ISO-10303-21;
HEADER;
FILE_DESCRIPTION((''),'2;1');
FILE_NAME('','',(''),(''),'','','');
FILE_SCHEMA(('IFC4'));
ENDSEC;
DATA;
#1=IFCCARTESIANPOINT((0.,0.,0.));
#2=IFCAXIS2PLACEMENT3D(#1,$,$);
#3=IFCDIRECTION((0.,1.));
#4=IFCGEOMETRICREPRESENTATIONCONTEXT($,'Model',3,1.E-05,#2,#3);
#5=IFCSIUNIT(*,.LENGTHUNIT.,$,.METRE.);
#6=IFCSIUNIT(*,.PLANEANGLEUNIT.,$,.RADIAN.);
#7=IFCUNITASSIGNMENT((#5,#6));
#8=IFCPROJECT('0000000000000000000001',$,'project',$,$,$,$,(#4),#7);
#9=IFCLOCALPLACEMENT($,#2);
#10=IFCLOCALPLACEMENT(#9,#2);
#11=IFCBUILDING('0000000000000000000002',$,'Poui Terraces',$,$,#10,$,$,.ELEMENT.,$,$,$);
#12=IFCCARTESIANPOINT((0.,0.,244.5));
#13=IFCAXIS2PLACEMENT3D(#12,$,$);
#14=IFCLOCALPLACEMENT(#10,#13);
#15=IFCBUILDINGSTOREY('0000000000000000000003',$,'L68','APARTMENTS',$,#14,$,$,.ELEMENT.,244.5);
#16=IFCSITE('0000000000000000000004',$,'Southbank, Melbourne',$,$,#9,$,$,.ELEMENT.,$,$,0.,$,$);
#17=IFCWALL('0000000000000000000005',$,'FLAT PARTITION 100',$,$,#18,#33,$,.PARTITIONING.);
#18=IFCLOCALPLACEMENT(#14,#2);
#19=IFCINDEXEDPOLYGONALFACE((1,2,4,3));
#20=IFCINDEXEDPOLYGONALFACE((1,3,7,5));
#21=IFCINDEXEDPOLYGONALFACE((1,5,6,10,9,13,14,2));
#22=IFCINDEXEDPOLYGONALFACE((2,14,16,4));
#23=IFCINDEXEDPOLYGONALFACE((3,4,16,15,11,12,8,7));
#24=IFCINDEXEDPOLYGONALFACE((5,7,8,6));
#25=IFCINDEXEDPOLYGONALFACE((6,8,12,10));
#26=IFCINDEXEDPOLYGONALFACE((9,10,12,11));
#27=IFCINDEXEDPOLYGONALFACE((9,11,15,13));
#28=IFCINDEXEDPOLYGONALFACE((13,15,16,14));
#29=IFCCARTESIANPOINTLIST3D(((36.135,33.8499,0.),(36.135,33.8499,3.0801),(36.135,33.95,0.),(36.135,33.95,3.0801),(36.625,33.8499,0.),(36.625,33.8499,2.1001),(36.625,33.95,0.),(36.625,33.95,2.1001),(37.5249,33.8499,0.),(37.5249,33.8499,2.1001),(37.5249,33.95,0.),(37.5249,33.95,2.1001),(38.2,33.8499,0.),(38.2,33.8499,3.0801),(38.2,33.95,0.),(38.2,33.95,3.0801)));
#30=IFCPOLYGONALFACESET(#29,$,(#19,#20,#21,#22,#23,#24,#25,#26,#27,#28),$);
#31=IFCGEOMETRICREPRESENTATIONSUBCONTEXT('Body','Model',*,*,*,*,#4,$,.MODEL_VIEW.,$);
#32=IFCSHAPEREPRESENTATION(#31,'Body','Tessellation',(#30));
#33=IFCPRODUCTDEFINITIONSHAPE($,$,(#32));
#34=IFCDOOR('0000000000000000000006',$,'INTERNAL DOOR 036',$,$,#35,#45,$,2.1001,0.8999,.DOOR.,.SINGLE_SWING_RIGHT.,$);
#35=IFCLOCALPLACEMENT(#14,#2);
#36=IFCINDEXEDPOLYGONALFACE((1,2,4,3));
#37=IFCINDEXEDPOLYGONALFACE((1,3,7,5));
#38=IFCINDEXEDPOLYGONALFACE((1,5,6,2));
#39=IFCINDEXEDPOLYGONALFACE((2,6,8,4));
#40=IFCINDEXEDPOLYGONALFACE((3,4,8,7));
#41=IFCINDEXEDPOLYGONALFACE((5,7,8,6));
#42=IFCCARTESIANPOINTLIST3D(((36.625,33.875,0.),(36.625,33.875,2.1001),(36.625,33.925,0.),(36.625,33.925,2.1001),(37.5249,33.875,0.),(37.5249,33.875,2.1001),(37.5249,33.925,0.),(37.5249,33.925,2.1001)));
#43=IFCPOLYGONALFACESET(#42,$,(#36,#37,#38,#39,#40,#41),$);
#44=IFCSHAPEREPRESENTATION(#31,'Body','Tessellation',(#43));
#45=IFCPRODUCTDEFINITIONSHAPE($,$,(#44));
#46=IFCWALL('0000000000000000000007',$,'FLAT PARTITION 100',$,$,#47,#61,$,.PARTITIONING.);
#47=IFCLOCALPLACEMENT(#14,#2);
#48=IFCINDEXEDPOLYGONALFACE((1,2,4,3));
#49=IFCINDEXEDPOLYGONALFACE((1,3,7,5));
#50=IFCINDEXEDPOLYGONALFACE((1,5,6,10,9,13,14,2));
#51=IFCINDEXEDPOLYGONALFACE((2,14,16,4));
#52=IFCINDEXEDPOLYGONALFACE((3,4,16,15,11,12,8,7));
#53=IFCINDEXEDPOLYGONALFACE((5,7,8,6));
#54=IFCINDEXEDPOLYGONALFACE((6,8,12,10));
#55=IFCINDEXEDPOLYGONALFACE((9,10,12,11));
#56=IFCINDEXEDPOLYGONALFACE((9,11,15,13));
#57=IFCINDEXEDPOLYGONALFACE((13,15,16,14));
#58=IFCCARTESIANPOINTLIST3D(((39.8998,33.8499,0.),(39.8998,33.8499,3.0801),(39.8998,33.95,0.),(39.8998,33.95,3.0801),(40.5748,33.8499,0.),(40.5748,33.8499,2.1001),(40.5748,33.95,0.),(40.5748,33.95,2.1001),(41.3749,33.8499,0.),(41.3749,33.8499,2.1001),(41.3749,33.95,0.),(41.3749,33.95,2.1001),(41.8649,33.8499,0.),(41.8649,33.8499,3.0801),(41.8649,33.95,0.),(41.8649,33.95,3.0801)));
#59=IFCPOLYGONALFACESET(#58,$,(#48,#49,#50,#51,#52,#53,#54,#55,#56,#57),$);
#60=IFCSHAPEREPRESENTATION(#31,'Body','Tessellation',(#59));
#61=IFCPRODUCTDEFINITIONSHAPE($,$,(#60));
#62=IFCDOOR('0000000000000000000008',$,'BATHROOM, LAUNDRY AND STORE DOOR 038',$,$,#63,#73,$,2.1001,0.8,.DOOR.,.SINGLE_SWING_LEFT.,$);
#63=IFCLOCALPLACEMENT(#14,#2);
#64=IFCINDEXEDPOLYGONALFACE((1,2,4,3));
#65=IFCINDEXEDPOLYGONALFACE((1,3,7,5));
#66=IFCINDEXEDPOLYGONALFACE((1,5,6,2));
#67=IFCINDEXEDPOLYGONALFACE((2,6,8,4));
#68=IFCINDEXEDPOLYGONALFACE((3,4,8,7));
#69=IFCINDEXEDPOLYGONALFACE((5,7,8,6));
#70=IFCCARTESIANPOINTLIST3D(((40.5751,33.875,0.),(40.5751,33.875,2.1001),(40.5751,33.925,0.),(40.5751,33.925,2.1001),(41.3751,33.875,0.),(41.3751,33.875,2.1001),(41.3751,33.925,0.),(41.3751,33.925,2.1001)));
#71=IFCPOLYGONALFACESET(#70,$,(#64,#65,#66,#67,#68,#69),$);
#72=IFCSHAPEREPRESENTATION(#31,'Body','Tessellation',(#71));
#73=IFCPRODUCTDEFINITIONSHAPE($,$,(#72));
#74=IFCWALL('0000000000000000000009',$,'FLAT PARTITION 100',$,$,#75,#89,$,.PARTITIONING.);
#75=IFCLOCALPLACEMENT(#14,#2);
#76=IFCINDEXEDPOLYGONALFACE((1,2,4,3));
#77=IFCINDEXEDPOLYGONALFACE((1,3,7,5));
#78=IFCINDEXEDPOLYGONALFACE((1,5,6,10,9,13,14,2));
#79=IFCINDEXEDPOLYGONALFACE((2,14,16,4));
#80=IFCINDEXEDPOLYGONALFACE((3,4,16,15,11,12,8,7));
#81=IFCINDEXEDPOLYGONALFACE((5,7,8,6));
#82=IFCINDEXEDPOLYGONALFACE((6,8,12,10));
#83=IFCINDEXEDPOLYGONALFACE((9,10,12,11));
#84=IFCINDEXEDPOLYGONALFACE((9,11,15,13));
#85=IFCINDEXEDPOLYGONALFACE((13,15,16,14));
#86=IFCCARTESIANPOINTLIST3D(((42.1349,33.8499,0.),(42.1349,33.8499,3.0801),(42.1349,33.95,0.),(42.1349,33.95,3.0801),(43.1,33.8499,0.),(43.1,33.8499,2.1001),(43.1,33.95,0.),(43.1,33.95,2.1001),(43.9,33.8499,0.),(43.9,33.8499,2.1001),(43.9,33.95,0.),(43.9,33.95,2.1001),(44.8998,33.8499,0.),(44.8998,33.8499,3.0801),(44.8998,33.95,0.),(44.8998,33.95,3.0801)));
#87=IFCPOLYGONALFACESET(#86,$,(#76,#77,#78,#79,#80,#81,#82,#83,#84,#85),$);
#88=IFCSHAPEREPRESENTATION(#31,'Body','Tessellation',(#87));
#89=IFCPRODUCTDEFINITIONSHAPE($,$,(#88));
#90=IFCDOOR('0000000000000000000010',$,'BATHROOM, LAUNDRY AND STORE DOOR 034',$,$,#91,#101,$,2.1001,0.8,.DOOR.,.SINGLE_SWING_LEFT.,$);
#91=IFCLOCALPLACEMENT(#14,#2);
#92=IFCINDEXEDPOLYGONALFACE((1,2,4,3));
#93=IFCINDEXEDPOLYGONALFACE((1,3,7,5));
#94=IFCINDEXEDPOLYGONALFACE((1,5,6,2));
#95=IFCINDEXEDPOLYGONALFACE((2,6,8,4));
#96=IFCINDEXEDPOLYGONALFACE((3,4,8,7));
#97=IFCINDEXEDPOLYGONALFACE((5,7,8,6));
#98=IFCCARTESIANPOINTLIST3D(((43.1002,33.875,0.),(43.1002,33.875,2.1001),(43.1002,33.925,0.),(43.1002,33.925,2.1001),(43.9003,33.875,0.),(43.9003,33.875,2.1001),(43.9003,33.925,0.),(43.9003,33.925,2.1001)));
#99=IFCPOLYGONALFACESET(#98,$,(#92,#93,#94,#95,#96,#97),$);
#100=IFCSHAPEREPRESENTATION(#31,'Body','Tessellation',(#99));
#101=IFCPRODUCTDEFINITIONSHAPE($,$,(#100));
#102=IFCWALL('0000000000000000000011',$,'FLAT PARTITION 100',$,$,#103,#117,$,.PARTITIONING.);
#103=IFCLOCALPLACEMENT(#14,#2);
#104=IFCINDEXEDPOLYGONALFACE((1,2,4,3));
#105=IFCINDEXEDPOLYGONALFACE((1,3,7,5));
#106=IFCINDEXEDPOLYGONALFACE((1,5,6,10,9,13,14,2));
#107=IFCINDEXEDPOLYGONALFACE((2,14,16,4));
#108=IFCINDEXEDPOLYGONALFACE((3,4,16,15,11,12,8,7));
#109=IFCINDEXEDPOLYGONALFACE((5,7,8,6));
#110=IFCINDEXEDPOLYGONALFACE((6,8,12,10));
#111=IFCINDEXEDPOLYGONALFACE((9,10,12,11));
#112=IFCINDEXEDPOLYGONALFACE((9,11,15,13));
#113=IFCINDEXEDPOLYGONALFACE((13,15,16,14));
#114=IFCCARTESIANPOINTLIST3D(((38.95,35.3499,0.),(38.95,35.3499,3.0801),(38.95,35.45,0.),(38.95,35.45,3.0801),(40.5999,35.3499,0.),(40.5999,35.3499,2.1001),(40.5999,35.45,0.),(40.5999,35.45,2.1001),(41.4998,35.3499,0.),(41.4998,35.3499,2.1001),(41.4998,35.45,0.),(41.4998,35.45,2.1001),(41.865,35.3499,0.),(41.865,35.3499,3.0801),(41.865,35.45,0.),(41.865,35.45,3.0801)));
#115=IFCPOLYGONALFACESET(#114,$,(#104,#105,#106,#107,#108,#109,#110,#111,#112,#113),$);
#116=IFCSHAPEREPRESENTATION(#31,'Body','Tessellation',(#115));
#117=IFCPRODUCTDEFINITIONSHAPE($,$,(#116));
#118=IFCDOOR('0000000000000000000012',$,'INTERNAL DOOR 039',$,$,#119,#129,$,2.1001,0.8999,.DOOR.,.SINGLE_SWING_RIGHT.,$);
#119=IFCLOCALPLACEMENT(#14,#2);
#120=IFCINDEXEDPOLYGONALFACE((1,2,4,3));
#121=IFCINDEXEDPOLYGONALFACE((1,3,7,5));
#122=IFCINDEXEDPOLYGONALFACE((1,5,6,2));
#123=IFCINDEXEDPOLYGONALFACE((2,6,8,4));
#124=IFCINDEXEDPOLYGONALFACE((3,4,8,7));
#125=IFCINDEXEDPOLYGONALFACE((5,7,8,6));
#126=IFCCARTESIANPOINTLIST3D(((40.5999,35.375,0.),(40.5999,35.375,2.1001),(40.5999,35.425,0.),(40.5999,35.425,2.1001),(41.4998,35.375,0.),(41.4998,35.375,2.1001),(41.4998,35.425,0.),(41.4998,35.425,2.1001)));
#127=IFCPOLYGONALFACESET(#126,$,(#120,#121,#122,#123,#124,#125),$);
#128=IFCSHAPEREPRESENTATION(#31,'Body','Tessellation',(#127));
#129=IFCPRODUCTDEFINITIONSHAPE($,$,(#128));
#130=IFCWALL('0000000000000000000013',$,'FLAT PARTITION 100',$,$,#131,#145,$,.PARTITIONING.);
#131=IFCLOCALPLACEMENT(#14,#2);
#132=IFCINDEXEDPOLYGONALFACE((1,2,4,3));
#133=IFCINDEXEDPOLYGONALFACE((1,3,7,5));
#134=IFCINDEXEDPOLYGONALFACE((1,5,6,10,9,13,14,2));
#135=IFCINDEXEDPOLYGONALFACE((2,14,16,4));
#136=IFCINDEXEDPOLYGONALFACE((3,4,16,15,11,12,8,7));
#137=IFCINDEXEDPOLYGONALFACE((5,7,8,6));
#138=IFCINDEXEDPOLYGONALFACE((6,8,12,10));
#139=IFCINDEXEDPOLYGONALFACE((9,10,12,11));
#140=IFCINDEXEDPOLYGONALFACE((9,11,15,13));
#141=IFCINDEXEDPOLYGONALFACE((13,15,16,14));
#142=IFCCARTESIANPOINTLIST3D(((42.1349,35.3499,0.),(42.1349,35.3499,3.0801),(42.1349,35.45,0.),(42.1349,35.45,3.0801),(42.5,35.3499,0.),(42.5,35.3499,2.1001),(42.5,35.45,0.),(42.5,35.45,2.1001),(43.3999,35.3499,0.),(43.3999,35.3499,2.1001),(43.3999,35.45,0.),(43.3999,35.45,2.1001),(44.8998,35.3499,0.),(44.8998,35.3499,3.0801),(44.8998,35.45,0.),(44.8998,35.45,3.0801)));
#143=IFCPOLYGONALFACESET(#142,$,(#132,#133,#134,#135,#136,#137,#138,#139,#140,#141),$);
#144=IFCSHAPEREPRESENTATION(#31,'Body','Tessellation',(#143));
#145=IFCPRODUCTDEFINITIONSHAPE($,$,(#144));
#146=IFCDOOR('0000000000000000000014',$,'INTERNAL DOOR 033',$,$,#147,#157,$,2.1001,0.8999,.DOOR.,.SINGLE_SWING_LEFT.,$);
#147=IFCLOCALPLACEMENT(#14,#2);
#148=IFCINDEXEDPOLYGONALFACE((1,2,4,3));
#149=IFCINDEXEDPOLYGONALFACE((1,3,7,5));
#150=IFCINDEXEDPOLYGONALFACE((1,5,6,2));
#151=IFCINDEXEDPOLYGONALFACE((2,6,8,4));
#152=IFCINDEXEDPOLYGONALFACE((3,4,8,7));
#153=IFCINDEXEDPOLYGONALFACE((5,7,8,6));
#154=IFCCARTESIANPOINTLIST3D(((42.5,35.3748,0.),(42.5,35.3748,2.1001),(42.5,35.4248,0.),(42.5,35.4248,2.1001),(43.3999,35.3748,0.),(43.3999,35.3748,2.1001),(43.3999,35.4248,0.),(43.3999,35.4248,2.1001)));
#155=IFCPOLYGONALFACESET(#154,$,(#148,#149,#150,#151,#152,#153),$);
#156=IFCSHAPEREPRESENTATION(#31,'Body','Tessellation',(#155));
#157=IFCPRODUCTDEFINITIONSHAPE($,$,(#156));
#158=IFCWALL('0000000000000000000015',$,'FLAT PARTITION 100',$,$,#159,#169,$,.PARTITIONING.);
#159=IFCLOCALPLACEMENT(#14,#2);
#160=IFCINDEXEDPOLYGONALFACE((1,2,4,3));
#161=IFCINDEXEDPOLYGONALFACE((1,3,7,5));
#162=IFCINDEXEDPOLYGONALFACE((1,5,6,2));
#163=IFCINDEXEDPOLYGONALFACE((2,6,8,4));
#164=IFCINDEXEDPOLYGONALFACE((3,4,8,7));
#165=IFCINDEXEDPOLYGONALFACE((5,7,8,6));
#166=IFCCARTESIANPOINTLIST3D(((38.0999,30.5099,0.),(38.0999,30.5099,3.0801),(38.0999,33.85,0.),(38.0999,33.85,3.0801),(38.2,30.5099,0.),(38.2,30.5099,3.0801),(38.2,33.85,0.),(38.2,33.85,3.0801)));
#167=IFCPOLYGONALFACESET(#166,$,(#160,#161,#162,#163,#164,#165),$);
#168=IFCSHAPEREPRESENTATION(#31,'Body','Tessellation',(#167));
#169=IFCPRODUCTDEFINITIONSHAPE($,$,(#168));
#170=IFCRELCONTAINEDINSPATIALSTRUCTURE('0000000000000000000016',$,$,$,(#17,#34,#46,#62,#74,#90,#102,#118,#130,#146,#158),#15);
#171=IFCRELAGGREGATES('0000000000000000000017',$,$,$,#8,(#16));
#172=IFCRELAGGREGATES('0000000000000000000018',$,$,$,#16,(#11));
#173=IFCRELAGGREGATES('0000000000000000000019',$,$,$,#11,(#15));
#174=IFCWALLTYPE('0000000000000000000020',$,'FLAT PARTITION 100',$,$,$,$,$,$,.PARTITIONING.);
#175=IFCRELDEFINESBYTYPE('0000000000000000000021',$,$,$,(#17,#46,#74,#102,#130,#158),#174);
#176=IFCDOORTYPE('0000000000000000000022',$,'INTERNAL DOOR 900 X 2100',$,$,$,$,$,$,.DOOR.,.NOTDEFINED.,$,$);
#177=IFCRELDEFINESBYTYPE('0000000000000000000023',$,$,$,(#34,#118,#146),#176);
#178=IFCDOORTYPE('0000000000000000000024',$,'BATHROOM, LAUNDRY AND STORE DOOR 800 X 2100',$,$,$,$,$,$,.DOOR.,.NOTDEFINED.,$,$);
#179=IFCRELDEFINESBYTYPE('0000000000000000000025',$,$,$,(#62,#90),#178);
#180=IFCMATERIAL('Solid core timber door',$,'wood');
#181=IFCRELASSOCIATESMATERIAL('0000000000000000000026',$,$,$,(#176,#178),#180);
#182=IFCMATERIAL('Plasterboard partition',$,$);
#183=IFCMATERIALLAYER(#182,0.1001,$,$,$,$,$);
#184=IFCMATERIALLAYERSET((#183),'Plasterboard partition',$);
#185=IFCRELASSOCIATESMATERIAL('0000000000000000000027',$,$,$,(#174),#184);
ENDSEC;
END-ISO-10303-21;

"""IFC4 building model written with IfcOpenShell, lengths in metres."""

from ifc_helpers import new_model, si_unit, direction, frame, frame_2d, origin, place, context, subcontext, project, spatial, rectangle, extrude, material, layer, layer_set, type_object, element, fill, save


model = new_model("IFC4")

# Units and contexts
model_context = context("Model", 3, precision=1e-05, world=origin(), true_north=direction((0.0, 1.0)))
body_context = subcontext(model_context, "Body", "Model", "MODEL_VIEW")
ifc_project = project(units=[si_unit("LENGTHUNIT", "METRE"), si_unit("PLANEANGLEUNIT", "RADIAN")], contexts=[model_context])

# Site, building, storey
site_placement = place(None, origin())
site = spatial("IfcSite", under=ifc_project, at=site_placement, Name="Southbank, Melbourne", CompositionType="ELEMENT", RefElevation=0.0)
building_placement = place(site_placement, origin())
building = spatial("IfcBuilding", under=site, at=building_placement, Name="Poui Terraces", CompositionType="ELEMENT")
storey_placement = place(building_placement, frame((0.0, 0.0, 244.5)))
storey = spatial("IfcBuildingStorey", under=building, at=storey_placement, Name="L68", Description="APARTMENTS", CompositionType="ELEMENT", Elevation=244.5)

# Shared definitions
ifc_material_1 = material(Name="Solid core timber door", Category="wood")
door_type_1 = type_object("IfcDoorType", Name="INTERNAL DOOR 900 X 2100", OperationType="NOTDEFINED", PredefinedType="DOOR", material=ifc_material_1)
ifc_material_2 = material(Name="Plasterboard partition")
ifc_layer_1 = layer(ifc_material_2, 0.1001)
ifc_layer_set_1 = layer_set([ifc_layer_1], Name="Plasterboard partition")
wall_type_1 = type_object("IfcWallType", Name="FLAT PARTITION 100", PredefinedType="PARTITIONING", material=ifc_layer_set_1)
door_type_2 = type_object("IfcDoorType", Name="BATHROOM, LAUNDRY AND STORE DOOR 800 X 2100", OperationType="NOTDEFINED", PredefinedType="DOOR", material=ifc_material_1)

# Walls, openings, doors
wall_1_placement = place(storey_placement, frame((36.135, 33.8999, 0.0), z_axis=(0.0, 0.0, 1.0), x_axis=(1.0, 0.0, 0.0)))
wall_1 = element("IfcWall", 1, at=wall_1_placement, inside=storey, type_object=wall_type_1, Name="FLAT PARTITION 100", PredefinedType="PARTITIONING", context=body_context, shape_type="SweptSolid", body=[
    extrude(rectangle(XDim=2.0649, YDim=0.1001, at=frame_2d((1.0325, 0.0))), origin(), (0.0, 0.0, 1.0), 3.0801),
])
opening_1_placement = place(wall_1_placement, frame((0.49, 0.0, 0.0)))
opening_1 = element("IfcOpeningElement", 2, at=opening_1_placement, cuts=wall_1, PredefinedType="OPENING", context=body_context, shape_type="SweptSolid", body=[
    extrude(rectangle(XDim=0.8999, YDim=2.1001, at=frame_2d((0.45, 1.05))), frame((0.0, 0.0601, 0.0), z_axis=(0.0, -1.0, 0.0), x_axis=(1.0, 0.0, 0.0)), (0.0, 0.0, 1.0), 0.1201),
])
door_1_placement = place(opening_1_placement, frame((0.8999, 0.0, 0.0), z_axis=(0.0, 0.0, 1.0), x_axis=(-1.0, 0.0, 0.0)))
door_1 = element("IfcDoor", 3, at=door_1_placement, inside=storey, type_object=door_type_1, Name="INTERNAL DOOR 036", OperationType="SINGLE_SWING_RIGHT", OverallHeight=2.1001, OverallWidth=0.8999, PredefinedType="DOOR", context=body_context, shape_type="SweptSolid", body=[
    extrude(rectangle(XDim=0.8999, YDim=2.1001, at=frame_2d((0.45, 1.05))), frame((0.0, 0.0249, 0.0), z_axis=(0.0, -1.0, 0.0), x_axis=(1.0, 0.0, 0.0)), (0.0, 0.0, 1.0), 0.05),
])
fill(opening_1, door_1)
wall_2_placement = place(storey_placement, frame((39.8999, 33.8999, 0.0), z_axis=(0.0, 0.0, 1.0), x_axis=(1.0, 0.0, 0.0)))
wall_2 = element("IfcWall", 4, at=wall_2_placement, inside=storey, type_object=wall_type_1, Name="FLAT PARTITION 100", PredefinedType="PARTITIONING", context=body_context, shape_type="SweptSolid", body=[
    extrude(rectangle(XDim=1.9651, YDim=0.1001, at=frame_2d((0.9824, 0.0))), origin(), (0.0, 0.0, 1.0), 3.0801),
])
opening_2_placement = place(wall_2_placement, frame((0.675, 0.0, 0.0)))
opening_2 = element("IfcOpeningElement", 5, at=opening_2_placement, cuts=wall_2, PredefinedType="OPENING", context=body_context, shape_type="SweptSolid", body=[
    extrude(rectangle(XDim=0.8, YDim=2.1001, at=frame_2d((0.3999, 1.05))), frame((0.0, 0.0601, 0.0), z_axis=(0.0, -1.0, 0.0), x_axis=(1.0, 0.0, 0.0)), (0.0, 0.0, 1.0), 0.1201),
])
door_2_placement = place(opening_2_placement, frame((0.8, 0.0, 0.0), z_axis=(0.0, 0.0, 1.0), x_axis=(-1.0, 0.0, 0.0)))
door_2 = element("IfcDoor", 6, at=door_2_placement, inside=storey, type_object=door_type_2, Name="BATHROOM, LAUNDRY AND STORE DOOR 038", OperationType="SINGLE_SWING_LEFT", OverallHeight=2.1001, OverallWidth=0.8, PredefinedType="DOOR", context=body_context, shape_type="SweptSolid", body=[
    extrude(rectangle(XDim=0.8, YDim=2.1001, at=frame_2d((0.3999, 1.05))), frame((0.0, 0.0249, 0.0), z_axis=(0.0, -1.0, 0.0), x_axis=(1.0, 0.0, 0.0)), (0.0, 0.0, 1.0), 0.05),
])
fill(opening_2, door_2)
wall_3_placement = place(storey_placement, frame((42.135, 33.8999, 0.0), z_axis=(0.0, 0.0, 1.0), x_axis=(1.0, 0.0, 0.0)))
wall_3 = element("IfcWall", 7, at=wall_3_placement, inside=storey, type_object=wall_type_1, Name="FLAT PARTITION 100", PredefinedType="PARTITIONING", context=body_context, shape_type="SweptSolid", body=[
    extrude(rectangle(XDim=2.7649, YDim=0.1001, at=frame_2d((1.3823, 0.0))), origin(), (0.0, 0.0, 1.0), 3.0801),
])
opening_3_placement = place(wall_3_placement, frame((0.9651, 0.0, 0.0)))
opening_3 = element("IfcOpeningElement", 8, at=opening_3_placement, cuts=wall_3, PredefinedType="OPENING", context=body_context, shape_type="SweptSolid", body=[
    extrude(rectangle(XDim=0.8, YDim=2.1001, at=frame_2d((0.3999, 1.05))), frame((0.0, 0.0601, 0.0), z_axis=(0.0, -1.0, 0.0), x_axis=(1.0, 0.0, 0.0)), (0.0, 0.0, 1.0), 0.1201),
])
door_3_placement = place(opening_3_placement, frame((0.8, 0.0, 0.0), z_axis=(0.0, 0.0, 1.0), x_axis=(-1.0, 0.0, 0.0)))
door_3 = element("IfcDoor", 9, at=door_3_placement, inside=storey, type_object=door_type_2, Name="BATHROOM, LAUNDRY AND STORE DOOR 034", OperationType="SINGLE_SWING_LEFT", OverallHeight=2.1001, OverallWidth=0.8, PredefinedType="DOOR", context=body_context, shape_type="SweptSolid", body=[
    extrude(rectangle(XDim=0.8, YDim=2.1001, at=frame_2d((0.3999, 1.05))), frame((0.0, 0.0249, 0.0), z_axis=(0.0, -1.0, 0.0), x_axis=(1.0, 0.0, 0.0)), (0.0, 0.0, 1.0), 0.05),
])
fill(opening_3, door_3)
wall_4_placement = place(storey_placement, frame((38.95, 35.3999, 0.0), z_axis=(0.0, 0.0, 1.0), x_axis=(1.0, 0.0, 0.0)))
wall_4 = element("IfcWall", 10, at=wall_4_placement, inside=storey, type_object=wall_type_1, Name="FLAT PARTITION 100", PredefinedType="PARTITIONING", context=body_context, shape_type="SweptSolid", body=[
    extrude(rectangle(XDim=2.915, YDim=0.1001, at=frame_2d((1.4575, 0.0))), origin(), (0.0, 0.0, 1.0), 3.0801),
])
opening_4_placement = place(wall_4_placement, frame((1.6499, 0.0, 0.0)))
opening_4 = element("IfcOpeningElement", 11, at=opening_4_placement, cuts=wall_4, PredefinedType="OPENING", context=body_context, shape_type="SweptSolid", body=[
    extrude(rectangle(XDim=0.8999, YDim=2.1001, at=frame_2d((0.45, 1.05))), frame((0.0, 0.0601, 0.0), z_axis=(0.0, -1.0, 0.0), x_axis=(1.0, 0.0, 0.0)), (0.0, 0.0, 1.0), 0.1201),
])
door_4_placement = place(opening_4_placement, frame((0.8999, 0.0, 0.0), z_axis=(0.0, 0.0, 1.0), x_axis=(-1.0, 0.0, 0.0)))
door_4 = element("IfcDoor", 12, at=door_4_placement, inside=storey, type_object=door_type_1, Name="INTERNAL DOOR 039", OperationType="SINGLE_SWING_RIGHT", OverallHeight=2.1001, OverallWidth=0.8999, PredefinedType="DOOR", context=body_context, shape_type="SweptSolid", body=[
    extrude(rectangle(XDim=0.8999, YDim=2.1001, at=frame_2d((0.45, 1.05))), frame((0.0, 0.0249, 0.0), z_axis=(0.0, -1.0, 0.0), x_axis=(1.0, 0.0, 0.0)), (0.0, 0.0, 1.0), 0.05),
])
fill(opening_4, door_4)
wall_5_placement = place(storey_placement, frame((42.135, 35.3999, 0.0), z_axis=(0.0, 0.0, 1.0), x_axis=(1.0, 0.0, 0.0)))
wall_5 = element("IfcWall", 13, at=wall_5_placement, inside=storey, type_object=wall_type_1, Name="FLAT PARTITION 100", PredefinedType="PARTITIONING", context=body_context, shape_type="SweptSolid", body=[
    extrude(rectangle(XDim=2.7649, YDim=0.1001, at=frame_2d((1.3823, 0.0))), origin(), (0.0, 0.0, 1.0), 3.0801),
])
opening_5_placement = place(wall_5_placement, frame((0.365, 0.0, 0.0)))
opening_5 = element("IfcOpeningElement", 14, at=opening_5_placement, cuts=wall_5, PredefinedType="OPENING", context=body_context, shape_type="SweptSolid", body=[
    extrude(rectangle(XDim=0.8999, YDim=2.1001, at=frame_2d((0.45, 1.05))), frame((0.0, 0.0601, 0.0), z_axis=(0.0, -1.0, 0.0), x_axis=(1.0, 0.0, 0.0)), (0.0, 0.0, 1.0), 0.1201),
])
door_5_placement = place(opening_5_placement, origin())
door_5 = element("IfcDoor", 15, at=door_5_placement, inside=storey, type_object=door_type_1, Name="INTERNAL DOOR 033", OperationType="SINGLE_SWING_LEFT", OverallHeight=2.1001, OverallWidth=0.8999, PredefinedType="DOOR", context=body_context, shape_type="SweptSolid", body=[
    extrude(rectangle(XDim=0.8999, YDim=2.1001, at=frame_2d((0.45, 1.05))), frame((0.0, 0.0249, 0.0), z_axis=(0.0, -1.0, 0.0), x_axis=(1.0, 0.0, 0.0)), (0.0, 0.0, 1.0), 0.05),
])
fill(opening_5, door_5)

# Wall
wall_6_placement = place(storey_placement, frame((38.1499, 30.51, 0.0), z_axis=(0.0, 0.0, 1.0), x_axis=(0.0, 1.0, 0.0)))
element("IfcWall", 16, at=wall_6_placement, inside=storey, type_object=wall_type_1, Name="FLAT PARTITION 100", PredefinedType="PARTITIONING", context=body_context, shape_type="SweptSolid", body=[
    extrude(rectangle(XDim=3.3401, YDim=0.1001, at=frame_2d((1.6699, 0.0))), origin(), (0.0, 0.0, 1.0), 3.0801),
])

save(model, "model.ifc")
